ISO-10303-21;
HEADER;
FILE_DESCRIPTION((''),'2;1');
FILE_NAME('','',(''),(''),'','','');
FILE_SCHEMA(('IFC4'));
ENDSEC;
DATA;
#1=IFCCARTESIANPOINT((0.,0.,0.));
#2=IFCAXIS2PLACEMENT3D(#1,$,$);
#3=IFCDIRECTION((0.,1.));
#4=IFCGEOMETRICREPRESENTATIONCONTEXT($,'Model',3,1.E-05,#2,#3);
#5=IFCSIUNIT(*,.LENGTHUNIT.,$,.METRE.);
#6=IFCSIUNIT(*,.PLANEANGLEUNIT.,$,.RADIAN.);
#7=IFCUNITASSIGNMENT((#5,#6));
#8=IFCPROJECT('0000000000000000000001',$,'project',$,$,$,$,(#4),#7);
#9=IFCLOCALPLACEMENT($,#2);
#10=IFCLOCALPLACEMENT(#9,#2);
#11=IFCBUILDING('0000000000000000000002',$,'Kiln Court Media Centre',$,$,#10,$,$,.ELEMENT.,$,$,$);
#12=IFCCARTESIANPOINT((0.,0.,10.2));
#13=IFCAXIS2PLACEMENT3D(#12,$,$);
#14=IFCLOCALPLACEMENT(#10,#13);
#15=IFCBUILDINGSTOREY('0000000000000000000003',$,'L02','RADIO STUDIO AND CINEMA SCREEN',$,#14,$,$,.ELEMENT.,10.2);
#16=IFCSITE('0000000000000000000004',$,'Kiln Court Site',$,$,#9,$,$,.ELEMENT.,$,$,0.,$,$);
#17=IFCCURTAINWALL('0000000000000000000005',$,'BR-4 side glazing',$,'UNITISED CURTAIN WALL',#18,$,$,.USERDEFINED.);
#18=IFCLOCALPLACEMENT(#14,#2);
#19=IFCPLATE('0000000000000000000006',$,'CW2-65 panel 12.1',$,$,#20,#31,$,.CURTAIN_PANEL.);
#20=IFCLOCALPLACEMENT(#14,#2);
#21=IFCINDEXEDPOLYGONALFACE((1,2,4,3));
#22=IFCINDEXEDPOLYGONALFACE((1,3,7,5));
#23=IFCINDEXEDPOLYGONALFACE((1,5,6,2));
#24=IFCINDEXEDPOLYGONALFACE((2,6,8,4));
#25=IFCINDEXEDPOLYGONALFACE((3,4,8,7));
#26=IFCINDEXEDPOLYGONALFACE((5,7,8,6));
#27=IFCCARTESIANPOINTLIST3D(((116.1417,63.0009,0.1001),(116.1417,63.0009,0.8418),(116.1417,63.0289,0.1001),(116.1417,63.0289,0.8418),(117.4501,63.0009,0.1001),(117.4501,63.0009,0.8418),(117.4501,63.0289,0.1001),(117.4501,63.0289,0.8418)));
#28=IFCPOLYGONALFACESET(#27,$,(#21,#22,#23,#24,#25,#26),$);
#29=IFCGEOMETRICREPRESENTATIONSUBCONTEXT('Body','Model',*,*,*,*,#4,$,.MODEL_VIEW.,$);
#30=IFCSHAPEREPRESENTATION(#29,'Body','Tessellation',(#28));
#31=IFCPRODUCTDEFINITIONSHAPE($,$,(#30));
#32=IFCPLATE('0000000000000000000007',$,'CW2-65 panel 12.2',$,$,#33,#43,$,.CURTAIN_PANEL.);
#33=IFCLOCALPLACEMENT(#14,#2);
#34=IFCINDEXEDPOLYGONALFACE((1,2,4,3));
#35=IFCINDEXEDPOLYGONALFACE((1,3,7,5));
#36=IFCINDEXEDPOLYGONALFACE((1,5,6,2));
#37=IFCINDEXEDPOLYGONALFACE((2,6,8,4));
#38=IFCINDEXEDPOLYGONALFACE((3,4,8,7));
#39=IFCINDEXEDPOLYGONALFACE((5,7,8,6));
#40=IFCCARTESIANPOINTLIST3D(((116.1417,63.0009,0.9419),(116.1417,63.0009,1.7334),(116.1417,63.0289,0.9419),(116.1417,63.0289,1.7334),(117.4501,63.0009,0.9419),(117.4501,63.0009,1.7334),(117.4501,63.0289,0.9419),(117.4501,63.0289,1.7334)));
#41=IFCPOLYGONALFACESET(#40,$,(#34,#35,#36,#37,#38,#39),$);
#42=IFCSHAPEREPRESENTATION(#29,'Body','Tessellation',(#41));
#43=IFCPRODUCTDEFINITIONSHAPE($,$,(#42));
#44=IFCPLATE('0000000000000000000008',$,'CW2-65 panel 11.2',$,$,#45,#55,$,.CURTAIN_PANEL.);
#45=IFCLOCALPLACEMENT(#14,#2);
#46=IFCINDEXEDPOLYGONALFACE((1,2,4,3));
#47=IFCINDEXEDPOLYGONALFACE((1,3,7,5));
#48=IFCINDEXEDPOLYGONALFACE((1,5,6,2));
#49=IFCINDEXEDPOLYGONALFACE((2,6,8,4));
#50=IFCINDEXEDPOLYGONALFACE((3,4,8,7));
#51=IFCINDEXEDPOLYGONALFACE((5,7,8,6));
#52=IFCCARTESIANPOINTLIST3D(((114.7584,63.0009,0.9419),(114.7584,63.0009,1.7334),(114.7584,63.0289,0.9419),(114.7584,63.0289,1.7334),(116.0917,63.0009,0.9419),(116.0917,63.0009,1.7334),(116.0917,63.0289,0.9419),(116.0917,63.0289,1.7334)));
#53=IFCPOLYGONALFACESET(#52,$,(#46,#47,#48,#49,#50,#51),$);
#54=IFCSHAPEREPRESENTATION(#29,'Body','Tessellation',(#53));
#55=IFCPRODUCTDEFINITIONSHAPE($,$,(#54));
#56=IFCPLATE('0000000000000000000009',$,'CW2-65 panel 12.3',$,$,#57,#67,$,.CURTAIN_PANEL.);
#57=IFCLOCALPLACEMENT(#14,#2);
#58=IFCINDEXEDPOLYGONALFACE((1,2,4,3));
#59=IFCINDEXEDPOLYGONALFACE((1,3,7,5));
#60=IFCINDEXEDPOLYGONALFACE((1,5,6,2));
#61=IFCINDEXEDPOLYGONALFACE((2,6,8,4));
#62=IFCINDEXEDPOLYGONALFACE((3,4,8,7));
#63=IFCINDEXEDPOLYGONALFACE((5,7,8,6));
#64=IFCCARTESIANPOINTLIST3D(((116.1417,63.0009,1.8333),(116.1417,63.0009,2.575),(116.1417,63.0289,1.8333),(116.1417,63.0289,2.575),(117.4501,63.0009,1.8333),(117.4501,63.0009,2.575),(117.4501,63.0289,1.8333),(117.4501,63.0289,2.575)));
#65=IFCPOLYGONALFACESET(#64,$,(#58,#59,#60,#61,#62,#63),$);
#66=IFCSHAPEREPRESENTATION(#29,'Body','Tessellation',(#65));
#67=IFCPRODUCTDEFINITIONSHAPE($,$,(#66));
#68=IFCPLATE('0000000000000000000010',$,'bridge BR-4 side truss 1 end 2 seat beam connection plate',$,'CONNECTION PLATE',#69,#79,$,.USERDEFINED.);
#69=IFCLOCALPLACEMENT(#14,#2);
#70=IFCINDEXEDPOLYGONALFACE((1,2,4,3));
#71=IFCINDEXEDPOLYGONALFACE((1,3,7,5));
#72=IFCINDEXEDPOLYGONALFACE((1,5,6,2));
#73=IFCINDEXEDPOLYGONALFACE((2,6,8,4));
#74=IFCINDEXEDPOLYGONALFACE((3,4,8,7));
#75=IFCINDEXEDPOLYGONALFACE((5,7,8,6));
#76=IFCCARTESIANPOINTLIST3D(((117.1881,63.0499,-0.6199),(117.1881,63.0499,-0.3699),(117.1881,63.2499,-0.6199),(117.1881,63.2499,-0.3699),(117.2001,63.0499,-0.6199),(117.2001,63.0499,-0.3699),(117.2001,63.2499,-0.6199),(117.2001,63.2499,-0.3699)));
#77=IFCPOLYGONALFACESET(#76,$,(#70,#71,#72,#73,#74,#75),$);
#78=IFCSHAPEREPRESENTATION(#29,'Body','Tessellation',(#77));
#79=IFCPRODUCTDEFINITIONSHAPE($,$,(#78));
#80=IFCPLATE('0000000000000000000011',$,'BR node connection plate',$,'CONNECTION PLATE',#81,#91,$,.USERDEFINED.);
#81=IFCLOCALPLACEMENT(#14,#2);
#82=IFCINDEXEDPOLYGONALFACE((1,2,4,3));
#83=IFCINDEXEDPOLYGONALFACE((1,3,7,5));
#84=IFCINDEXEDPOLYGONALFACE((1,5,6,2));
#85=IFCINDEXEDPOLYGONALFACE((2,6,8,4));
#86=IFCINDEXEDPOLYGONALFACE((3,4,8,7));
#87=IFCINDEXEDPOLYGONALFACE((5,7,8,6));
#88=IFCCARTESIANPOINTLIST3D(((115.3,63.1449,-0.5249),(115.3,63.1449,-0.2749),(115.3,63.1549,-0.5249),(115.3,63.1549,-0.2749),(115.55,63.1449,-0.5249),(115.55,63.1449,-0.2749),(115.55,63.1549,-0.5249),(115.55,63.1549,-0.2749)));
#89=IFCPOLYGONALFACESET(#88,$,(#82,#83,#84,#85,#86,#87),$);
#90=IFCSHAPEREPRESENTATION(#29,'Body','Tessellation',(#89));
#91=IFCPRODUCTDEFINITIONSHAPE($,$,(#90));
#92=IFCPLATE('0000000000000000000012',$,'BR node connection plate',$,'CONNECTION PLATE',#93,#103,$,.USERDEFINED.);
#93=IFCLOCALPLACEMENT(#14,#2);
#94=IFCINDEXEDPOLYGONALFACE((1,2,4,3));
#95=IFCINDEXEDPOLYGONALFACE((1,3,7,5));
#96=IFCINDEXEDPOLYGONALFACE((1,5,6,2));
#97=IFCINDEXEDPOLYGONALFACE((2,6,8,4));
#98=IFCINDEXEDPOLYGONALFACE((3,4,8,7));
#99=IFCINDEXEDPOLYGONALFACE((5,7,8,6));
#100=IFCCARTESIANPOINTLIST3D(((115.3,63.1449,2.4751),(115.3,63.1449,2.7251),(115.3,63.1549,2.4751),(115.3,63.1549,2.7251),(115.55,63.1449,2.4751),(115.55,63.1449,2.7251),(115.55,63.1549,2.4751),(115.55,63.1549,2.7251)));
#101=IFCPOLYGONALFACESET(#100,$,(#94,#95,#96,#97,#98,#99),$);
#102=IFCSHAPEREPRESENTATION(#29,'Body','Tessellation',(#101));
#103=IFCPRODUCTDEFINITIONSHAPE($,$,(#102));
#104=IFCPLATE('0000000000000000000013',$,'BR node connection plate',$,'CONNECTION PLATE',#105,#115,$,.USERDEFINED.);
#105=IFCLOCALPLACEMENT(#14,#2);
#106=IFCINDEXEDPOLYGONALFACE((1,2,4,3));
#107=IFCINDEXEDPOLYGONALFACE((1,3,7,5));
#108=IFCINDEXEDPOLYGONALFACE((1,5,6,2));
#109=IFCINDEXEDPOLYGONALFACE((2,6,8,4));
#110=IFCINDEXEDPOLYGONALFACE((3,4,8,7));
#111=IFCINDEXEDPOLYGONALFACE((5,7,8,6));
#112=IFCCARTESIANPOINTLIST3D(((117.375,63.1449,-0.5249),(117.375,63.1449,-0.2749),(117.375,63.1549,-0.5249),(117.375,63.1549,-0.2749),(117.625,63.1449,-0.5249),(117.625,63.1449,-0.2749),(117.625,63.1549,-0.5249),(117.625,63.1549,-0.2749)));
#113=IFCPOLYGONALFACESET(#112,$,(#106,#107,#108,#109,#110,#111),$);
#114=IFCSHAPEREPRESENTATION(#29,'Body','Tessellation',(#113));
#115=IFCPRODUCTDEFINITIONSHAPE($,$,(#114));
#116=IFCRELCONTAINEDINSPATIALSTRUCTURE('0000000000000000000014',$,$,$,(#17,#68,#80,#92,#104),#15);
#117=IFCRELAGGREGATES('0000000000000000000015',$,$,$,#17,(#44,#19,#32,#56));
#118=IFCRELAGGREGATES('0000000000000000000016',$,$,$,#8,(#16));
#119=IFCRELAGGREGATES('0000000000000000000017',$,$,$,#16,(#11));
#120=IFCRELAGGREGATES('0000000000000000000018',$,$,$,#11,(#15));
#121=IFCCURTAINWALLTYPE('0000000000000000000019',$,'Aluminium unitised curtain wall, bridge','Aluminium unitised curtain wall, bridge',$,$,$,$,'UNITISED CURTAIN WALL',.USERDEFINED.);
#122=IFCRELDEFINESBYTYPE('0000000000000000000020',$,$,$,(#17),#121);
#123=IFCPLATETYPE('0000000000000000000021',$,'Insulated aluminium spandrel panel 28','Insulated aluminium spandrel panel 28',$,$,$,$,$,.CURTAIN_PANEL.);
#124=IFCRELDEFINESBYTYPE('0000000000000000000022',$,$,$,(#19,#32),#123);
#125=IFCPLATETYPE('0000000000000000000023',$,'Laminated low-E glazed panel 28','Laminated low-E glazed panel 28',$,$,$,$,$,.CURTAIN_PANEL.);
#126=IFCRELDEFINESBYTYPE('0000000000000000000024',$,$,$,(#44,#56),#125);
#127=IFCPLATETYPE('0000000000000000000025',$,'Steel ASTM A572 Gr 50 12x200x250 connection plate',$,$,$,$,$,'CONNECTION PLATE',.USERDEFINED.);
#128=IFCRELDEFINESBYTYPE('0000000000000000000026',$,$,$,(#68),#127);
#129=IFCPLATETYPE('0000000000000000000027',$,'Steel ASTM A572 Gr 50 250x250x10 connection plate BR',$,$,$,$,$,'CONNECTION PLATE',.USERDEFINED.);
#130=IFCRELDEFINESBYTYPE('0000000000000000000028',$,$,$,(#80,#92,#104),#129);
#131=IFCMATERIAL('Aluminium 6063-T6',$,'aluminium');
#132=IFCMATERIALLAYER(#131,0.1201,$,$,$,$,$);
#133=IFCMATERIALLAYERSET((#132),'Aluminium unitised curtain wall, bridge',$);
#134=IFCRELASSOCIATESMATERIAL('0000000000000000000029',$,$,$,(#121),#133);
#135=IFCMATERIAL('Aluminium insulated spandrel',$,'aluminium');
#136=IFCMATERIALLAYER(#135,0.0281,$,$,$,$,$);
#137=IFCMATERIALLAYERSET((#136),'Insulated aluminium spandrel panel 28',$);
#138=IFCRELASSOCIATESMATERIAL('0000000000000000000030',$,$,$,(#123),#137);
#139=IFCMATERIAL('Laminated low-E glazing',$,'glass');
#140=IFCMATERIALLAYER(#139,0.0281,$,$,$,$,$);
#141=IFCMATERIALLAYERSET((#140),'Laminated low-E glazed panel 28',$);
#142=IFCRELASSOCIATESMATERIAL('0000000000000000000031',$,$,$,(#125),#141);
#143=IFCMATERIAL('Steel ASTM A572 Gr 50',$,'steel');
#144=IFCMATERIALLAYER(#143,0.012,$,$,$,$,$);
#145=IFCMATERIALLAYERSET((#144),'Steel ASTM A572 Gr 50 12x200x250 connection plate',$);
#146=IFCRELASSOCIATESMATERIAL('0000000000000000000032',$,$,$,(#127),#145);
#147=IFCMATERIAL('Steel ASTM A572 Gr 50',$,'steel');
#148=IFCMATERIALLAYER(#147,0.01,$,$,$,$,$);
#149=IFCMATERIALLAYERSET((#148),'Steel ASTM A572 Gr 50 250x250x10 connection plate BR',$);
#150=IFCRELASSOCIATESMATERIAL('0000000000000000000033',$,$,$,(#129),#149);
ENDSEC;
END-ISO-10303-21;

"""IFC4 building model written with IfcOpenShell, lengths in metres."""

from ifc_helpers import new_model, si_unit, direction, frame, origin, origin_2d, place, context, subcontext, project, spatial, rectangle, extrude, material, layer, layer_set, type_object, element, aggregate, save


model = new_model("IFC4")

# Units and contexts
model_context = context("Model", 3, precision=1e-05, world=origin(), true_north=direction((0.0, 1.0)))
body_context = subcontext(model_context, "Body", "Model", "MODEL_VIEW")
ifc_project = project(units=[si_unit("LENGTHUNIT", "METRE"), si_unit("PLANEANGLEUNIT", "RADIAN")], contexts=[model_context])

# Site, building, storey
site_placement = place(None, origin())
site = spatial("IfcSite", under=ifc_project, at=site_placement, Name="Kiln Court Site", CompositionType="ELEMENT", RefElevation=0.0)
building_placement = place(site_placement, origin())
building = spatial("IfcBuilding", under=site, at=building_placement, Name="Kiln Court Media Centre", CompositionType="ELEMENT")
storey_placement = place(building_placement, frame((0.0, 0.0, 10.2)))
storey = spatial("IfcBuildingStorey", under=building, at=storey_placement, Name="L02", Description="RADIO STUDIO AND CINEMA SCREEN", CompositionType="ELEMENT", Elevation=10.2)

# Curtain wall
ifc_material_1 = material(Name="Aluminium 6063-T6", Category="aluminium")
ifc_layer_1 = layer(ifc_material_1, 0.1201)
ifc_layer_set_1 = layer_set([ifc_layer_1], Name="Aluminium unitised curtain wall, bridge")
curtain_wall_type = type_object("IfcCurtainWallType", Name="Aluminium unitised curtain wall, bridge", Description="Aluminium unitised curtain wall, bridge", ElementType="UNITISED CURTAIN WALL", PredefinedType="USERDEFINED", material=ifc_layer_set_1)
curtain_wall_placement = place(storey_placement, origin())
curtain_wall = element("IfcCurtainWall", 1, at=curtain_wall_placement, inside=storey, type_object=curtain_wall_type, Name="BR-4 side glazing", ObjectType="UNITISED CURTAIN WALL", PredefinedType="USERDEFINED")

# Plates
ifc_material_2 = material(Name="Aluminium insulated spandrel", Category="aluminium")
ifc_layer_2 = layer(ifc_material_2, 0.0281)
ifc_layer_set_2 = layer_set([ifc_layer_2], Name="Insulated aluminium spandrel panel 28")
plate_type_1 = type_object("IfcPlateType", Name="Insulated aluminium spandrel panel 28", Description="Insulated aluminium spandrel panel 28", PredefinedType="CURTAIN_PANEL", material=ifc_layer_set_2)
plate_1_placement = place(storey_placement, frame((116.7959, 63.0149, 0.1001), z_axis=(0.0, 0.0, 1.0), x_axis=(1.0, 0.0, 0.0)))
plate_1 = element("IfcPlate", 2, at=plate_1_placement, type_object=plate_type_1, Name="CW2-65 panel 12.1", PredefinedType="CURTAIN_PANEL", context=body_context, shape_type="SweptSolid", body=[
    extrude(rectangle(XDim=1.3083, YDim=0.0281, at=origin_2d()), origin(), (0.0, 0.0, 1.0), 0.7417),
])
plate_2_placement = place(storey_placement, frame((116.7959, 63.0149, 0.9419), z_axis=(0.0, 0.0, 1.0), x_axis=(1.0, 0.0, 0.0)))
plate_2 = element("IfcPlate", 3, at=plate_2_placement, type_object=plate_type_1, Name="CW2-65 panel 12.2", PredefinedType="CURTAIN_PANEL", context=body_context, shape_type="SweptSolid", body=[
    extrude(rectangle(XDim=1.3083, YDim=0.0281, at=origin_2d()), origin(), (0.0, 0.0, 1.0), 0.7915),
])
ifc_material_3 = material(Name="Laminated low-E glazing", Category="glass")
ifc_layer_3 = layer(ifc_material_3, 0.0281)
ifc_layer_set_3 = layer_set([ifc_layer_3], Name="Laminated low-E glazed panel 28")
plate_type_2 = type_object("IfcPlateType", Name="Laminated low-E glazed panel 28", Description="Laminated low-E glazed panel 28", PredefinedType="CURTAIN_PANEL", material=ifc_layer_set_3)
plate_3_placement = place(storey_placement, frame((115.425, 63.0149, 0.9419), z_axis=(0.0, 0.0, 1.0), x_axis=(1.0, 0.0, 0.0)))
plate_3 = element("IfcPlate", 4, at=plate_3_placement, type_object=plate_type_2, Name="CW2-65 panel 11.2", PredefinedType="CURTAIN_PANEL", context=body_context, shape_type="SweptSolid", body=[
    extrude(rectangle(XDim=1.3333, YDim=0.0281, at=origin_2d()), origin(), (0.0, 0.0, 1.0), 0.7915),
])
plate_4_placement = place(storey_placement, frame((116.7959, 63.0149, 1.8333), z_axis=(0.0, 0.0, 1.0), x_axis=(1.0, 0.0, 0.0)))
plate_4 = element("IfcPlate", 5, at=plate_4_placement, type_object=plate_type_2, Name="CW2-65 panel 12.3", PredefinedType="CURTAIN_PANEL", context=body_context, shape_type="SweptSolid", body=[
    extrude(rectangle(XDim=1.3083, YDim=0.0281, at=origin_2d()), origin(), (0.0, 0.0, 1.0), 0.7417),
])
aggregate(curtain_wall, [plate_3, plate_1, plate_2, plate_4])

# Plates
ifc_material_4 = material(Name="Steel ASTM A572 Gr 50", Category="steel")
ifc_layer_4 = layer(ifc_material_4, 0.012)
ifc_layer_set_4 = layer_set([ifc_layer_4], Name="Steel ASTM A572 Gr 50 12x200x250 connection plate")
plate_type_3 = type_object("IfcPlateType", Name="Steel ASTM A572 Gr 50 12x200x250 connection plate", ElementType="CONNECTION PLATE", PredefinedType="USERDEFINED", material=ifc_layer_set_4)
plate_5_placement = place(storey_placement, frame((117.1941, 63.1499, -0.6199), z_axis=(0.0, 0.0, 1.0), x_axis=(1.0, 0.0, 0.0)))
element("IfcPlate", 6, at=plate_5_placement, inside=storey, type_object=plate_type_3, Name="bridge BR-4 side truss 1 end 2 seat beam connection plate", ObjectType="CONNECTION PLATE", PredefinedType="USERDEFINED", context=body_context, shape_type="SweptSolid", body=[
    extrude(rectangle(XDim=0.012, YDim=0.2, at=origin_2d()), origin(), (0.0, 0.0, 1.0), 0.25),
])
ifc_material_5 = material(Name="Steel ASTM A572 Gr 50", Category="steel")
ifc_layer_5 = layer(ifc_material_5, 0.01)
ifc_layer_set_5 = layer_set([ifc_layer_5], Name="Steel ASTM A572 Gr 50 250x250x10 connection plate BR")
plate_type_4 = type_object("IfcPlateType", Name="Steel ASTM A572 Gr 50 250x250x10 connection plate BR", ElementType="CONNECTION PLATE", PredefinedType="USERDEFINED", material=ifc_layer_set_5)
for number, where, z_axis, x_axis, name in (
    (7, (115.425, 63.1499, -0.5249), (0.0, 0.0, 1.0), (1.0, 0.0, 0.0), "BR node connection plate"),
    (8, (115.425, 63.1499, 2.4751), (0.0, 0.0, 1.0), (1.0, 0.0, 0.0), "BR node connection plate"),
    (9, (117.5, 63.1499, -0.5249), (0.0, 0.0, 1.0), (1.0, 0.0, 0.0), "BR node connection plate"),
):
    element("IfcPlate", number, at=place(storey_placement, frame(where, z_axis=z_axis, x_axis=x_axis)), inside=storey, type_object=plate_type_4, Name=name, ObjectType="CONNECTION PLATE", PredefinedType="USERDEFINED", context=body_context, shape_type="SweptSolid", body=[
        extrude(rectangle(XDim=0.25, YDim=0.01, at=origin_2d()), origin(), (0.0, 0.0, 1.0), 0.25),
    ])

save(model, "model.ifc")
